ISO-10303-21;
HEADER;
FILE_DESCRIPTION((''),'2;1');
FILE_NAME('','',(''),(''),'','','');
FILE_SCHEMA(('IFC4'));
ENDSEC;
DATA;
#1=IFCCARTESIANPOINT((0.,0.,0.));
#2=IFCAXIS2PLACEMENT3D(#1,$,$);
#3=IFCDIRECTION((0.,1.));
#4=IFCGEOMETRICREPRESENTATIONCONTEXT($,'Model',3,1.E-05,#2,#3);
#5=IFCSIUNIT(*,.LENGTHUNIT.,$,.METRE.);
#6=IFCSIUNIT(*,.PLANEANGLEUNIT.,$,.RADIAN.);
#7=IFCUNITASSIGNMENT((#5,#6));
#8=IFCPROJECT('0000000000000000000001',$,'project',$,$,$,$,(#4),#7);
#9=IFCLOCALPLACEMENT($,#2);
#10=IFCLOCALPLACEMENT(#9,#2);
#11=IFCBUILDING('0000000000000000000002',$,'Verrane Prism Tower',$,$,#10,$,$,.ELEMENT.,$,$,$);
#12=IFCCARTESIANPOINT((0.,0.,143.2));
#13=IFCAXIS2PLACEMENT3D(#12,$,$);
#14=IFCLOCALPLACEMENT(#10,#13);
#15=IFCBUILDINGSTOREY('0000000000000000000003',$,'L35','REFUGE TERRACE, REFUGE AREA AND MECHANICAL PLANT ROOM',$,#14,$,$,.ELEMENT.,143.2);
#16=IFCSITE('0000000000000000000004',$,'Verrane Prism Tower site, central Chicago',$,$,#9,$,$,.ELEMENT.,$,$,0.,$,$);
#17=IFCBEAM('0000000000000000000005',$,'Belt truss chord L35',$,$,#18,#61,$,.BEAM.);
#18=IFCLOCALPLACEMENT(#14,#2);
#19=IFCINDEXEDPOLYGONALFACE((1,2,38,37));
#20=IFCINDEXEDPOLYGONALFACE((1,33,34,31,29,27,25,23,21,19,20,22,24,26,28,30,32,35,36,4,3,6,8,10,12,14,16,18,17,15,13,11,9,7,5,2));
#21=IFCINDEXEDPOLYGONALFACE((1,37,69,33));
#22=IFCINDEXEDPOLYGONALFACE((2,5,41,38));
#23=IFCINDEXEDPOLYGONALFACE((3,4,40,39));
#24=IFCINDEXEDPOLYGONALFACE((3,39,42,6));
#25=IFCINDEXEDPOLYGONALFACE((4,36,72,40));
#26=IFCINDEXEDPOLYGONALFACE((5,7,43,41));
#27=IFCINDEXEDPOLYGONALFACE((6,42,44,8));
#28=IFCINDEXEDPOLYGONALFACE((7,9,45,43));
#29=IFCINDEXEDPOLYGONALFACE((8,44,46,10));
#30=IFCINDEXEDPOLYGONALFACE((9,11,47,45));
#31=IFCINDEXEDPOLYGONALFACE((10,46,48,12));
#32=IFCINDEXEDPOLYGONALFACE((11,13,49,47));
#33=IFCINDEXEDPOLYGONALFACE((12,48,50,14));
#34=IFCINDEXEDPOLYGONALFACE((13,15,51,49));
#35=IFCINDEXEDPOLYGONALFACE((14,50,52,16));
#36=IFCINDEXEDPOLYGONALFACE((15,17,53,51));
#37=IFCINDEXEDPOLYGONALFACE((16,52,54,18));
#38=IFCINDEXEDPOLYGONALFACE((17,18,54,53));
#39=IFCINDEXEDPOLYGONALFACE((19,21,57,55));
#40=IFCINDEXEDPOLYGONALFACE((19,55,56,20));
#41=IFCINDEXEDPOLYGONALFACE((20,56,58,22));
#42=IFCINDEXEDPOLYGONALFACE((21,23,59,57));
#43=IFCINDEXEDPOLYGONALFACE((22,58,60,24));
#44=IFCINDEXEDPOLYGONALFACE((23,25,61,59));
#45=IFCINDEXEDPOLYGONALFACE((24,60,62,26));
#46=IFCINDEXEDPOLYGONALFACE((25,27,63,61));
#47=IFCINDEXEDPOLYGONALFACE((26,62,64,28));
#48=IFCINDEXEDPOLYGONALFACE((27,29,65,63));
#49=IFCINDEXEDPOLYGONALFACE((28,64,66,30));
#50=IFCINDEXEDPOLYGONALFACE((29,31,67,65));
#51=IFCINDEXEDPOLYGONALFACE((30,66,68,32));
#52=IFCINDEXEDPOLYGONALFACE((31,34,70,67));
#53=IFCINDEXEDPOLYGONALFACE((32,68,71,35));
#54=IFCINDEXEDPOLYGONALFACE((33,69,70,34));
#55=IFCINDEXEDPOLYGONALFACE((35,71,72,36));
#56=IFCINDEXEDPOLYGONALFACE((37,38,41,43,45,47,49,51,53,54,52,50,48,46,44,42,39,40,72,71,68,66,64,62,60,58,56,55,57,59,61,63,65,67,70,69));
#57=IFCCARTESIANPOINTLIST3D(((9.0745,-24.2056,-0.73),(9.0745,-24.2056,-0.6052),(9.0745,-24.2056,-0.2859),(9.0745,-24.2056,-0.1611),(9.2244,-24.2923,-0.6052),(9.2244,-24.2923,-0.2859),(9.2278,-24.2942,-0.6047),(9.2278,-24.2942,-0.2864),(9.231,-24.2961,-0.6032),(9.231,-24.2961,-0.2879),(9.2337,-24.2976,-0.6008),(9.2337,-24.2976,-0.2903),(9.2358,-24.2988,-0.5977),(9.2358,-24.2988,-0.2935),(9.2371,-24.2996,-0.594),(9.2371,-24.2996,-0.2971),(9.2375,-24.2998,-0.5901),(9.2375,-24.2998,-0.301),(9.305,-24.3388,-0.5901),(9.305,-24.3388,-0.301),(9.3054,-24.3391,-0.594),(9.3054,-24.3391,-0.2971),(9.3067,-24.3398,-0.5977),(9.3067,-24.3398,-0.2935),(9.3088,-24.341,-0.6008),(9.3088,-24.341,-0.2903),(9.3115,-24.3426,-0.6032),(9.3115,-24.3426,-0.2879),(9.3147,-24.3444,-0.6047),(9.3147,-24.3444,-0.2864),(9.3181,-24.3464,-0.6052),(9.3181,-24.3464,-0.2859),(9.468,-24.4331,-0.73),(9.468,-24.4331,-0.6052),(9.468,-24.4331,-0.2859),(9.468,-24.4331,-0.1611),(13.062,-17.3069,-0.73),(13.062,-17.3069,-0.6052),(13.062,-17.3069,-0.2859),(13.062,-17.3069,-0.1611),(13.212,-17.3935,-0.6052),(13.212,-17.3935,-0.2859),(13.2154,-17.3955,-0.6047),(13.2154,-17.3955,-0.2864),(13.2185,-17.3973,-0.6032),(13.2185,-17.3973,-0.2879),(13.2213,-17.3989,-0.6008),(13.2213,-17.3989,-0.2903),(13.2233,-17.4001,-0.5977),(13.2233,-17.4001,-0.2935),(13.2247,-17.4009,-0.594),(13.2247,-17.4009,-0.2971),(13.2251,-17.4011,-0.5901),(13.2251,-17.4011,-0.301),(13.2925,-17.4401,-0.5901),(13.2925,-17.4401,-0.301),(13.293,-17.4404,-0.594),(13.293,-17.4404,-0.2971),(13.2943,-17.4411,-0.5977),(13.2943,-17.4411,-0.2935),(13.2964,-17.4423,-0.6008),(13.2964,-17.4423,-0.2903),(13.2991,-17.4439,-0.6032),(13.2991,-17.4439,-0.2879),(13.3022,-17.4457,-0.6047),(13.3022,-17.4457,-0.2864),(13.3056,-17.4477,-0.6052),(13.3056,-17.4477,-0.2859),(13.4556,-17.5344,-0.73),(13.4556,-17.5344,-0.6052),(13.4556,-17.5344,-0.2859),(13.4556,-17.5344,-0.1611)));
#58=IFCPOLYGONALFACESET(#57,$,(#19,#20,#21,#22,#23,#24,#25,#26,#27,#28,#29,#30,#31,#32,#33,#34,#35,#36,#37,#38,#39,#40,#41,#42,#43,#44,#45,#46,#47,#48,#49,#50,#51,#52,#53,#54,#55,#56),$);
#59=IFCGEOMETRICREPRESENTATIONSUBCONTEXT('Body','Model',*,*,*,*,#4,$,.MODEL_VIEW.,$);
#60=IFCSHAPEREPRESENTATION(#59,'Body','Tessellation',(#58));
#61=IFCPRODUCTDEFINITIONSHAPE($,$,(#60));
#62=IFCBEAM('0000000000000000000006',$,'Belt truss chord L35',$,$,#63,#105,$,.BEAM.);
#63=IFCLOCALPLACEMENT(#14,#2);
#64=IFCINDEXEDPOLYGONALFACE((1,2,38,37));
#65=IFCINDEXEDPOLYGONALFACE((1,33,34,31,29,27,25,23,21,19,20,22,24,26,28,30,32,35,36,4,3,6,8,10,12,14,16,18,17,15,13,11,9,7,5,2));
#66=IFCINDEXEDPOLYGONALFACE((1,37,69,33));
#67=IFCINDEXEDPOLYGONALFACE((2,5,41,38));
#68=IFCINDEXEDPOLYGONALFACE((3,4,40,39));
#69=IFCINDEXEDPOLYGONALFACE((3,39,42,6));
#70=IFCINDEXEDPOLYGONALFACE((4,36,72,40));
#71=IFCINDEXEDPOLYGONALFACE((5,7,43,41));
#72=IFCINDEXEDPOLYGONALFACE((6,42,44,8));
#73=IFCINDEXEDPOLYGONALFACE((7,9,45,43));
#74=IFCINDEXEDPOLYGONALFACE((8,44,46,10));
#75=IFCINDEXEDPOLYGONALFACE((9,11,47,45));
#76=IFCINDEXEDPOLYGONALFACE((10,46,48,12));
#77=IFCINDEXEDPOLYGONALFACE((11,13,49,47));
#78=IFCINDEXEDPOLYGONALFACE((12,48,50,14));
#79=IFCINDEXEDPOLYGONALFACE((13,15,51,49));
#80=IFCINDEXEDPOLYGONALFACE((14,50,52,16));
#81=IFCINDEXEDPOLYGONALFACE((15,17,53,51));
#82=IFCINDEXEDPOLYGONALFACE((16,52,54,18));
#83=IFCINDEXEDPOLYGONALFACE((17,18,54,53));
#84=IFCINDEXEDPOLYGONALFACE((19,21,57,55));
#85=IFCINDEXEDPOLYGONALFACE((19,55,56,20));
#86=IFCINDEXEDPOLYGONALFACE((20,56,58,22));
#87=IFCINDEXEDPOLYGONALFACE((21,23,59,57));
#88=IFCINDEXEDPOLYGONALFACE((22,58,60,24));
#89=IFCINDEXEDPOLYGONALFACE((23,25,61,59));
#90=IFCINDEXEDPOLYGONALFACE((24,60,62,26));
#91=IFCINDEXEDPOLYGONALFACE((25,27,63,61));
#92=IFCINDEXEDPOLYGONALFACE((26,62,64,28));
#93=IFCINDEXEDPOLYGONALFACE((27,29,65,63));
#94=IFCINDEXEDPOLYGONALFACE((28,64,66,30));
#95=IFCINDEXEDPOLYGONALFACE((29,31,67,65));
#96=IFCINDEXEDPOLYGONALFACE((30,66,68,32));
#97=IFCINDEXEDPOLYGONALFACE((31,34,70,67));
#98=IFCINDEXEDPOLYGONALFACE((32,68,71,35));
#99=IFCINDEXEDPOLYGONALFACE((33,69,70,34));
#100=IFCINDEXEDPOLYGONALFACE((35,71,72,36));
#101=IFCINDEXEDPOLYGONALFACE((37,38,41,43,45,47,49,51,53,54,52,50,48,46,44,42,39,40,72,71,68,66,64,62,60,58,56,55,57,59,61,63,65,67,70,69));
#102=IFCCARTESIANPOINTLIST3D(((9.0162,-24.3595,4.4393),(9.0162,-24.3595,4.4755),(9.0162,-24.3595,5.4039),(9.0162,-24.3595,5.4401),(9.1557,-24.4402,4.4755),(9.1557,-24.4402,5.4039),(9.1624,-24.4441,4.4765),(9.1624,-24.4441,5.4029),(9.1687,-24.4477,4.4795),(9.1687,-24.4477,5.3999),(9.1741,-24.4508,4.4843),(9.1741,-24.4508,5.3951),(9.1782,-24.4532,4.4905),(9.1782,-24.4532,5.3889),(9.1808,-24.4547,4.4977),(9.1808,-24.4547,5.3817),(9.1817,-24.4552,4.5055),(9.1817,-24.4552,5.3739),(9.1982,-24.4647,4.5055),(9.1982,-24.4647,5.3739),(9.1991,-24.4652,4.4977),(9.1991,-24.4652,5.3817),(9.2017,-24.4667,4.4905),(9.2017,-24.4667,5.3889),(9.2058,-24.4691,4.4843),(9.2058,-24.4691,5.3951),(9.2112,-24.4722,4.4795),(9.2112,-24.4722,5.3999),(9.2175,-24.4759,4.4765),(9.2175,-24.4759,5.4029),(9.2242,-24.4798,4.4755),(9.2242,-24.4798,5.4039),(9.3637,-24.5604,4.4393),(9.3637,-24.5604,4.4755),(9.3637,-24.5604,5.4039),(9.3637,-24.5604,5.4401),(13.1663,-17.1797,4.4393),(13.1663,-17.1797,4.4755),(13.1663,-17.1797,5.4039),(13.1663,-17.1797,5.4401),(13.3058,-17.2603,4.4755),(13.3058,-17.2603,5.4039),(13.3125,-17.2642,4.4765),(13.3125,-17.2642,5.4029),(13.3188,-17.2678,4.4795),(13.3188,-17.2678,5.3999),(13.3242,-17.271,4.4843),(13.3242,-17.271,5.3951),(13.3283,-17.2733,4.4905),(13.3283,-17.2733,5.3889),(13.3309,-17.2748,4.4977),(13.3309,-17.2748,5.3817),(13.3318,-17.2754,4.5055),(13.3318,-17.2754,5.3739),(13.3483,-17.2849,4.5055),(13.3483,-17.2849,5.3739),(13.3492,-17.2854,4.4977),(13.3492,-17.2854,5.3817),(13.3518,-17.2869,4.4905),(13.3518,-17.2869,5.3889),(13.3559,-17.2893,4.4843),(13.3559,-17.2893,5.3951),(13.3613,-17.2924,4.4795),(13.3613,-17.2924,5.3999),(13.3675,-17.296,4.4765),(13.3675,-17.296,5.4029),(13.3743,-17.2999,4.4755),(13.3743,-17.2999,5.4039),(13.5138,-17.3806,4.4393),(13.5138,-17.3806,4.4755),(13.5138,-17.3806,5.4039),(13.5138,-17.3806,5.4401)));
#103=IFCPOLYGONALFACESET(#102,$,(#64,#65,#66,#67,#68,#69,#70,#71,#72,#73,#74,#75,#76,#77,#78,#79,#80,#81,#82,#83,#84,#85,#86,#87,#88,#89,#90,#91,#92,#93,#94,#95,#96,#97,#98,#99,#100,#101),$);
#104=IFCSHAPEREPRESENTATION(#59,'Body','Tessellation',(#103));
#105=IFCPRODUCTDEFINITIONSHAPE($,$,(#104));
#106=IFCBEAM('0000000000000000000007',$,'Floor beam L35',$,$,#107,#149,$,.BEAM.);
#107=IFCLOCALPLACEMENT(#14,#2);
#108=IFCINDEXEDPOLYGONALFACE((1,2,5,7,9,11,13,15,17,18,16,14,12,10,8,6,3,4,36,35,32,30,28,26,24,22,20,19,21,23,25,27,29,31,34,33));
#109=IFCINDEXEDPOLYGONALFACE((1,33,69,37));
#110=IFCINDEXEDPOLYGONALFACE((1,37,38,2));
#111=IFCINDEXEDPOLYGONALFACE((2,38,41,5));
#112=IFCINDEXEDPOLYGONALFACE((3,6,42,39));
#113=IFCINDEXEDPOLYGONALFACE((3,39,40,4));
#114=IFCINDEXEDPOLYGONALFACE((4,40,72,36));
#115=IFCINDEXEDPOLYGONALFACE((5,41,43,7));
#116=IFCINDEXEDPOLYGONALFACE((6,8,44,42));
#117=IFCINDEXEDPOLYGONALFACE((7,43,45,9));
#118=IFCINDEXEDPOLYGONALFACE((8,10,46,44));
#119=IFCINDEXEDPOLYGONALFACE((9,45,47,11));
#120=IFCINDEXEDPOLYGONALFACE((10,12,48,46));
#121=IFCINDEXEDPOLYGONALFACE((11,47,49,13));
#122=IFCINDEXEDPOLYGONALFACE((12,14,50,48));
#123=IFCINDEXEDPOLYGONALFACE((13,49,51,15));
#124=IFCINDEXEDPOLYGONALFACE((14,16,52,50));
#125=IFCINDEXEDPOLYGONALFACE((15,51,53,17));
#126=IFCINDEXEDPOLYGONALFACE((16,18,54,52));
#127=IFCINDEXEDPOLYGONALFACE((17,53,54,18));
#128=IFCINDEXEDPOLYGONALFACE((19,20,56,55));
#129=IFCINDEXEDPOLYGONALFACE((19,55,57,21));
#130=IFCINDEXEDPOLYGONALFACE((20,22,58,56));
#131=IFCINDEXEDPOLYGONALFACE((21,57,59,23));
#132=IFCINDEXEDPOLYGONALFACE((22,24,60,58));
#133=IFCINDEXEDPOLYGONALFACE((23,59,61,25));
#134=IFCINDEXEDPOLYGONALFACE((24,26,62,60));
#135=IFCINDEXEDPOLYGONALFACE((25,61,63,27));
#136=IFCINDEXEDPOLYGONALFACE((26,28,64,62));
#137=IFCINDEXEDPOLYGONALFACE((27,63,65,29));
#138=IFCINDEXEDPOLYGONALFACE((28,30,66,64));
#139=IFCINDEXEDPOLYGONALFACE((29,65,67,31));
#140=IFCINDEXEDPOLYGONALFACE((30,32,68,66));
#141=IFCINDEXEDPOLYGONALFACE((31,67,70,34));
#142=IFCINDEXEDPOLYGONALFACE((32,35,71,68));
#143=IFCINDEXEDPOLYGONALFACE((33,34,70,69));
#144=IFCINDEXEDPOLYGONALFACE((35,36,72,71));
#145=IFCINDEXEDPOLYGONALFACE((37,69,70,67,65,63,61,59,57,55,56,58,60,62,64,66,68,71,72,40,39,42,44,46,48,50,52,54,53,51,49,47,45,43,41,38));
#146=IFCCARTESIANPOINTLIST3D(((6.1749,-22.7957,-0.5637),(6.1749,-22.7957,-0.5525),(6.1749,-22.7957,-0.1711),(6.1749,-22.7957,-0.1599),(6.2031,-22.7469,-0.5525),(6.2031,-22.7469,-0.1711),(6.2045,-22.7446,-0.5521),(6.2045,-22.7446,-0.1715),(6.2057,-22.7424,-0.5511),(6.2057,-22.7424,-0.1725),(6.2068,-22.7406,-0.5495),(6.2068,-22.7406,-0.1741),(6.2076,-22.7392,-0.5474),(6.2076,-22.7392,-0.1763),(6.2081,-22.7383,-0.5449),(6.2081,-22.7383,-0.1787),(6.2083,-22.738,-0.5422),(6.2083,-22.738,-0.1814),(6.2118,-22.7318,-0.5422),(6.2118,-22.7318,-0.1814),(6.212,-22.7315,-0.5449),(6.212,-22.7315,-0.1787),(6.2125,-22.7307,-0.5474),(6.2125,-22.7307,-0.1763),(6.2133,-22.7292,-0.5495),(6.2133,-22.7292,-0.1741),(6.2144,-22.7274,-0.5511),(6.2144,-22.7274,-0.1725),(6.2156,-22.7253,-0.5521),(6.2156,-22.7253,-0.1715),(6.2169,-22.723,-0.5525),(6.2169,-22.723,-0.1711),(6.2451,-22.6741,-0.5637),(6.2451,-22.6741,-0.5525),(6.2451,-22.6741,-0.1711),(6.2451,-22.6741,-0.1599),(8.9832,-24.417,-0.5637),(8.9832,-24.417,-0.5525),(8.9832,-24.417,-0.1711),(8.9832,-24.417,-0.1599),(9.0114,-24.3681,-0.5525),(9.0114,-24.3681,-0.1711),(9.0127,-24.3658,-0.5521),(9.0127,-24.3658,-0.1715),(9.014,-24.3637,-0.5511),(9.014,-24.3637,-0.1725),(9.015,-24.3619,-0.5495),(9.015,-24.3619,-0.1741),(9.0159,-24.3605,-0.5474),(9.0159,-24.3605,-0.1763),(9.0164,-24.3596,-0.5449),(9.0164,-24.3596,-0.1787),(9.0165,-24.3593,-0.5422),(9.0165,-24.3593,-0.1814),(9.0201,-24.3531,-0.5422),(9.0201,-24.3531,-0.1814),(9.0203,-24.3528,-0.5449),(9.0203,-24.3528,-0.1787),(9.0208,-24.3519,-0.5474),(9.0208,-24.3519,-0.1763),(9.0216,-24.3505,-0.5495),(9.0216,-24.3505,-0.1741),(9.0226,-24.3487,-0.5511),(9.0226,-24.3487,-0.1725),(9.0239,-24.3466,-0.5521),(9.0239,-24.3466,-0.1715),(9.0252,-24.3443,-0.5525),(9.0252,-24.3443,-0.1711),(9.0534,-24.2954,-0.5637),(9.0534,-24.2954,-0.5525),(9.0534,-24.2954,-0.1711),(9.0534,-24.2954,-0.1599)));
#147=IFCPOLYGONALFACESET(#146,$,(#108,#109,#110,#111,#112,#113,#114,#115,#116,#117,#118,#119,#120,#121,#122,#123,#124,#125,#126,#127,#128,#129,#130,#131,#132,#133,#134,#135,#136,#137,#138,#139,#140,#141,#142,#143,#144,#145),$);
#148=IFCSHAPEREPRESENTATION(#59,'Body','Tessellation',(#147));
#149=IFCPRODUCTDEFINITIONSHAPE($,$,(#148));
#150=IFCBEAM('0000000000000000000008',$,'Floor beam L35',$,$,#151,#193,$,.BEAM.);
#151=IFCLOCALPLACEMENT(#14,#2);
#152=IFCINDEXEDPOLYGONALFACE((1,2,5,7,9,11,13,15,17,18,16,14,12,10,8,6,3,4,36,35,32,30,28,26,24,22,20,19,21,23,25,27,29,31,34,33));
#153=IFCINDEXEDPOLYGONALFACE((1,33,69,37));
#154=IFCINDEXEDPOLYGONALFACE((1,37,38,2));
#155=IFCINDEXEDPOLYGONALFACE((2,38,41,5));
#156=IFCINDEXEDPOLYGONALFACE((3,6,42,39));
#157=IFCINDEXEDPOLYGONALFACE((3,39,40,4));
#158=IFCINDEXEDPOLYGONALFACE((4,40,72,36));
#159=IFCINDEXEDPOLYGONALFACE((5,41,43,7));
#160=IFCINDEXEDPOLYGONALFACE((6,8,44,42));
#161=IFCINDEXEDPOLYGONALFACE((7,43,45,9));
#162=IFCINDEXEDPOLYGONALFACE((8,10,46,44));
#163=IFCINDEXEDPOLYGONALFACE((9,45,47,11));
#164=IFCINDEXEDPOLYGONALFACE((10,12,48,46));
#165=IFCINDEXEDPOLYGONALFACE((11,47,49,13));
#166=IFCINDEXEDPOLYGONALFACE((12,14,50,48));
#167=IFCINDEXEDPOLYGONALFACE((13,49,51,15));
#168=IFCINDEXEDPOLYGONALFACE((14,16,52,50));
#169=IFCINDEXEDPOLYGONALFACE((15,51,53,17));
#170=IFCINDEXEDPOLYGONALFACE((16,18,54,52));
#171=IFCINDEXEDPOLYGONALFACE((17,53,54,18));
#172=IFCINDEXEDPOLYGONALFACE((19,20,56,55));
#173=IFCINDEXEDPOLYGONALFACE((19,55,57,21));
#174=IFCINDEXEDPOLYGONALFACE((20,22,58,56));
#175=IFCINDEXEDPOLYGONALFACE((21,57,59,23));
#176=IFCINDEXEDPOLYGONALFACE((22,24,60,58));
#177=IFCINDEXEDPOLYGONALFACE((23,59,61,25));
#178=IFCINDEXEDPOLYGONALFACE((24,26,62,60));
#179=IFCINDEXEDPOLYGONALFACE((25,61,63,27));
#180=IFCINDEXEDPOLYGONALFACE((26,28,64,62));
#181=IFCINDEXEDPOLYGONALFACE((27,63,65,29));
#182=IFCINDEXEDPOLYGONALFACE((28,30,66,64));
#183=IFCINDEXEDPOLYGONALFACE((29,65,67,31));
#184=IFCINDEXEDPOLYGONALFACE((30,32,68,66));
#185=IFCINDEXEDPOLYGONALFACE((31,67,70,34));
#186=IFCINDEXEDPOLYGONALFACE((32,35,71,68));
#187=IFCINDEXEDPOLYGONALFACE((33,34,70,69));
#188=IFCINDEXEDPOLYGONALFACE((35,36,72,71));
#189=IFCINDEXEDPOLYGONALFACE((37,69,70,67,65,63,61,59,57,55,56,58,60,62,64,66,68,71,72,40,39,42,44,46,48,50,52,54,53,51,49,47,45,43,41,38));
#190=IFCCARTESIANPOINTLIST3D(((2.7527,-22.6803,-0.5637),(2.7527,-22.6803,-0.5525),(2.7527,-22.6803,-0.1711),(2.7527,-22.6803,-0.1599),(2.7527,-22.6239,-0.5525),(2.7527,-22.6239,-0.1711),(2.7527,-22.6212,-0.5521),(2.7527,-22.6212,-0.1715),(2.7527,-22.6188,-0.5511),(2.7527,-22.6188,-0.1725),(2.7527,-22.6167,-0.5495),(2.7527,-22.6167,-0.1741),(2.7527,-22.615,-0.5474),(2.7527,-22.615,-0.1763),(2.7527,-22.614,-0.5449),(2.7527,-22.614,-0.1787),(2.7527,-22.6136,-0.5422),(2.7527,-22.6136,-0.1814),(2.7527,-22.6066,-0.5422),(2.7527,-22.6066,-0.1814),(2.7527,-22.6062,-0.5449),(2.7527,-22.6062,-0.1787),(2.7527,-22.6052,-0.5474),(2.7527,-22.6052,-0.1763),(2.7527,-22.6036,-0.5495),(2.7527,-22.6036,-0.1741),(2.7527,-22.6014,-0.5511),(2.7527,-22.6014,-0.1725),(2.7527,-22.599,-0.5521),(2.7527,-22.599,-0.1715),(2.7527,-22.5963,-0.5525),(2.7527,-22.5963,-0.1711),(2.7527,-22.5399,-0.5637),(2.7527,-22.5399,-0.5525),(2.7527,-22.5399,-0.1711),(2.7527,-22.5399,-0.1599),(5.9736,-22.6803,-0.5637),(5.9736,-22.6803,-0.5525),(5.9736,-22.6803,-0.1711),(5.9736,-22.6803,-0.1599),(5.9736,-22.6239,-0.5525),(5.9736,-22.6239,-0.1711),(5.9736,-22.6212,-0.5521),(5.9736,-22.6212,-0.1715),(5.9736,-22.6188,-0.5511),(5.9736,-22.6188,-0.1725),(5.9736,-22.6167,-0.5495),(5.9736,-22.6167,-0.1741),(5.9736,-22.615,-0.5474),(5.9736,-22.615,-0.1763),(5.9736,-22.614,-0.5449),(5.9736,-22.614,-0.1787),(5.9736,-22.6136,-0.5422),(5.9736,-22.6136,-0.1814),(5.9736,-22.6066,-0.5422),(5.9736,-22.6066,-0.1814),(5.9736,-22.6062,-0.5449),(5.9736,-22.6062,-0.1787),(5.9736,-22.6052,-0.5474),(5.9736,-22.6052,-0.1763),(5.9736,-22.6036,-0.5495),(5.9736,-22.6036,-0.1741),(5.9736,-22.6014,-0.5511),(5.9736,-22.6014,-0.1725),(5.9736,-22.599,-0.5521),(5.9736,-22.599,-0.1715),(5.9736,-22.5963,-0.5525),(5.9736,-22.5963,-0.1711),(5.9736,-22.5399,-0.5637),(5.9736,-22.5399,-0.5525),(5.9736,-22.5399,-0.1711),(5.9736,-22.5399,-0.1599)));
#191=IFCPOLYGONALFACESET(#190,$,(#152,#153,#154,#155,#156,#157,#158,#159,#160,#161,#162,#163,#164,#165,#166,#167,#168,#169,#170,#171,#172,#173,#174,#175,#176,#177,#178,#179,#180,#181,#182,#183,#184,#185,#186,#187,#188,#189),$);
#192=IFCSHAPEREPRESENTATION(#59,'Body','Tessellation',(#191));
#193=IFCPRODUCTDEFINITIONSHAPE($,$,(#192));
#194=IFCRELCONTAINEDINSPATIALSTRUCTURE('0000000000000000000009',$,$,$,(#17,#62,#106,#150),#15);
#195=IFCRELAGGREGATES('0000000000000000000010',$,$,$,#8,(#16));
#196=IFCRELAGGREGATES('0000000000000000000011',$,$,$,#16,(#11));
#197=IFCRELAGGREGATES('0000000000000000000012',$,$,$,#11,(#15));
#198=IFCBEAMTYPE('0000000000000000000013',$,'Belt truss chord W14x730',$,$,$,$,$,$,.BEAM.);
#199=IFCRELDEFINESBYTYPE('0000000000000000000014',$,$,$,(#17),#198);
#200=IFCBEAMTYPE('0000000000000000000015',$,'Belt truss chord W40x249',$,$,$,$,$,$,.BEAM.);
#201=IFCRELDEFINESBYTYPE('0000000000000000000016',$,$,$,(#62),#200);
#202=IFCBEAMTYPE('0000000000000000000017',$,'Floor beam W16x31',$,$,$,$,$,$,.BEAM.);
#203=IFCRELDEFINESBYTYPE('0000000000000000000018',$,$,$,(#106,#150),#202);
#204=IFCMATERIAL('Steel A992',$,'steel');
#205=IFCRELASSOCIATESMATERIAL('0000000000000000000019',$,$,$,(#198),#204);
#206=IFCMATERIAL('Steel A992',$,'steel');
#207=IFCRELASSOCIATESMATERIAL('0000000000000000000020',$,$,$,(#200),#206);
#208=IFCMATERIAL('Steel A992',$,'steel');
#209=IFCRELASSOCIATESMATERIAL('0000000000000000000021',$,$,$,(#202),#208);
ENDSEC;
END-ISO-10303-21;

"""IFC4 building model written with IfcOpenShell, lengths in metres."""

from ifc_helpers import new_model, si_unit, direction, frame, origin, origin_2d, place, context, subcontext, project, spatial, i_section, extrude, material, material_profile, profile_set, type_object, element, save


model = new_model("IFC4")

# Units and contexts
model_context = context("Model", 3, precision=1e-05, world=origin(), true_north=direction((0.0, 1.0)))
body_context = subcontext(model_context, "Body", "Model", "MODEL_VIEW")
ifc_project = project(units=[si_unit("LENGTHUNIT", "METRE"), si_unit("PLANEANGLEUNIT", "RADIAN")], contexts=[model_context])

# Site, building, storey
site_placement = place(None, origin())
site = spatial("IfcSite", under=ifc_project, at=site_placement, Name="Verrane Prism Tower site, central Chicago", CompositionType="ELEMENT", RefElevation=0.0)
building_placement = place(site_placement, origin())
building = spatial("IfcBuilding", under=site, at=building_placement, Name="Verrane Prism Tower", CompositionType="ELEMENT")
storey_placement = place(building_placement, frame((0.0, 0.0, 143.2)))
storey = spatial("IfcBuildingStorey", under=building, at=storey_placement, Name="L35", Description="REFUGE TERRACE, REFUGE AREA AND MECHANICAL PLANT ROOM", CompositionType="ELEMENT", Elevation=143.2)

# Beams
ifc_material_1 = material(Name="Steel A992", Category="steel")
ifc_material_profile_1 = material_profile(ifc_material_1, i_section(OverallWidth=0.4546, OverallDepth=0.5688, WebThickness=0.0779, FlangeThickness=0.1248, FilletRadius=0.0151, at=origin_2d()), Name="W14x730")
ifc_profile_set_1 = profile_set([ifc_material_profile_1], Name="Steel A992")
beam_type_1 = type_object("IfcBeamType", Name="Belt truss chord W14x730", PredefinedType="BEAM", material=ifc_profile_set_1)
beam_1_placement = place(storey_placement, frame((9.2712, -24.3193, -0.4456), z_axis=(0.500432, 0.865776, 0.0), x_axis=(-0.865776, 0.500432, 0.0)))
element("IfcBeam", 1, at=beam_1_placement, inside=storey, type_object=beam_type_1, Name="Belt truss chord L35", PredefinedType="BEAM", context=body_context, shape_type="SweptSolid", body=[
    extrude(i_section(OverallWidth=0.4546, OverallDepth=0.5688, WebThickness=0.0779, FlangeThickness=0.1248, FilletRadius=0.0151, at=origin_2d()), origin(), (0.0, 0.0, 1.0), 7.9683),
])
ifc_material_2 = material(Name="Steel A992", Category="steel")
ifc_material_profile_2 = material_profile(ifc_material_2, i_section(OverallWidth=0.4014, OverallDepth=1.0007, WebThickness=0.019, FlangeThickness=0.0361, FilletRadius=0.03, at=origin_2d()), Name="W40x249")
ifc_profile_set_2 = profile_set([ifc_material_profile_2], Name="Steel A992")
beam_type_2 = type_object("IfcBeamType", Name="Belt truss chord W40x249", PredefinedType="BEAM", material=ifc_profile_set_2)
beam_2_placement = place(storey_placement, frame((9.1899, -24.46, 4.9397), z_axis=(0.500435, 0.865774, 0.0), x_axis=(-0.865774, 0.500435, 0.0)))
element("IfcBeam", 2, at=beam_2_placement, inside=storey, type_object=beam_type_2, Name="Belt truss chord L35", PredefinedType="BEAM", context=body_context, shape_type="SweptSolid", body=[
    extrude(i_section(OverallWidth=0.4014, OverallDepth=1.0007, WebThickness=0.019, FlangeThickness=0.0361, FilletRadius=0.03, at=origin_2d()), origin(), (0.0, 0.0, 1.0), 8.293),
])
ifc_material_3 = material(Name="Steel A992", Category="steel")
ifc_material_profile_3 = material_profile(ifc_material_3, i_section(OverallWidth=0.1404, OverallDepth=0.4038, WebThickness=0.0071, FlangeThickness=0.0112, FilletRadius=0.0103, at=origin_2d()), Name="W16x31")
ifc_profile_set_3 = profile_set([ifc_material_profile_3], Name="Steel A992")
beam_type_3 = type_object("IfcBeamType", Name="Floor beam W16x31", PredefinedType="BEAM", material=ifc_profile_set_3)
beam_3_placement = place(storey_placement, frame((9.0183, -24.3562, -0.3618), z_axis=(-0.866034, 0.499985, 0.0), x_axis=(-0.499985, -0.866034, 0.0)))
element("IfcBeam", 3, at=beam_3_placement, inside=storey, type_object=beam_type_3, Name="Floor beam L35", PredefinedType="BEAM", context=body_context, shape_type="SweptSolid", body=[
    extrude(i_section(OverallWidth=0.1404, OverallDepth=0.4038, WebThickness=0.0071, FlangeThickness=0.0112, FilletRadius=0.0103, at=origin_2d()), origin(), (0.0, 0.0, 1.0), 3.2427),
])
beam_4_placement = place(storey_placement, frame((2.7527, -22.6101, -0.3618), z_axis=(1.0, 0.0, 0.0), x_axis=(0.0, 1.0, 0.0)))
element("IfcBeam", 4, at=beam_4_placement, inside=storey, type_object=beam_type_3, Name="Floor beam L35", PredefinedType="BEAM", context=body_context, shape_type="SweptSolid", body=[
    extrude(i_section(OverallWidth=0.1404, OverallDepth=0.4038, WebThickness=0.0071, FlangeThickness=0.0112, FilletRadius=0.0103, at=origin_2d()), origin(), (0.0, 0.0, 1.0), 3.2209),
])

save(model, "model.ifc")
